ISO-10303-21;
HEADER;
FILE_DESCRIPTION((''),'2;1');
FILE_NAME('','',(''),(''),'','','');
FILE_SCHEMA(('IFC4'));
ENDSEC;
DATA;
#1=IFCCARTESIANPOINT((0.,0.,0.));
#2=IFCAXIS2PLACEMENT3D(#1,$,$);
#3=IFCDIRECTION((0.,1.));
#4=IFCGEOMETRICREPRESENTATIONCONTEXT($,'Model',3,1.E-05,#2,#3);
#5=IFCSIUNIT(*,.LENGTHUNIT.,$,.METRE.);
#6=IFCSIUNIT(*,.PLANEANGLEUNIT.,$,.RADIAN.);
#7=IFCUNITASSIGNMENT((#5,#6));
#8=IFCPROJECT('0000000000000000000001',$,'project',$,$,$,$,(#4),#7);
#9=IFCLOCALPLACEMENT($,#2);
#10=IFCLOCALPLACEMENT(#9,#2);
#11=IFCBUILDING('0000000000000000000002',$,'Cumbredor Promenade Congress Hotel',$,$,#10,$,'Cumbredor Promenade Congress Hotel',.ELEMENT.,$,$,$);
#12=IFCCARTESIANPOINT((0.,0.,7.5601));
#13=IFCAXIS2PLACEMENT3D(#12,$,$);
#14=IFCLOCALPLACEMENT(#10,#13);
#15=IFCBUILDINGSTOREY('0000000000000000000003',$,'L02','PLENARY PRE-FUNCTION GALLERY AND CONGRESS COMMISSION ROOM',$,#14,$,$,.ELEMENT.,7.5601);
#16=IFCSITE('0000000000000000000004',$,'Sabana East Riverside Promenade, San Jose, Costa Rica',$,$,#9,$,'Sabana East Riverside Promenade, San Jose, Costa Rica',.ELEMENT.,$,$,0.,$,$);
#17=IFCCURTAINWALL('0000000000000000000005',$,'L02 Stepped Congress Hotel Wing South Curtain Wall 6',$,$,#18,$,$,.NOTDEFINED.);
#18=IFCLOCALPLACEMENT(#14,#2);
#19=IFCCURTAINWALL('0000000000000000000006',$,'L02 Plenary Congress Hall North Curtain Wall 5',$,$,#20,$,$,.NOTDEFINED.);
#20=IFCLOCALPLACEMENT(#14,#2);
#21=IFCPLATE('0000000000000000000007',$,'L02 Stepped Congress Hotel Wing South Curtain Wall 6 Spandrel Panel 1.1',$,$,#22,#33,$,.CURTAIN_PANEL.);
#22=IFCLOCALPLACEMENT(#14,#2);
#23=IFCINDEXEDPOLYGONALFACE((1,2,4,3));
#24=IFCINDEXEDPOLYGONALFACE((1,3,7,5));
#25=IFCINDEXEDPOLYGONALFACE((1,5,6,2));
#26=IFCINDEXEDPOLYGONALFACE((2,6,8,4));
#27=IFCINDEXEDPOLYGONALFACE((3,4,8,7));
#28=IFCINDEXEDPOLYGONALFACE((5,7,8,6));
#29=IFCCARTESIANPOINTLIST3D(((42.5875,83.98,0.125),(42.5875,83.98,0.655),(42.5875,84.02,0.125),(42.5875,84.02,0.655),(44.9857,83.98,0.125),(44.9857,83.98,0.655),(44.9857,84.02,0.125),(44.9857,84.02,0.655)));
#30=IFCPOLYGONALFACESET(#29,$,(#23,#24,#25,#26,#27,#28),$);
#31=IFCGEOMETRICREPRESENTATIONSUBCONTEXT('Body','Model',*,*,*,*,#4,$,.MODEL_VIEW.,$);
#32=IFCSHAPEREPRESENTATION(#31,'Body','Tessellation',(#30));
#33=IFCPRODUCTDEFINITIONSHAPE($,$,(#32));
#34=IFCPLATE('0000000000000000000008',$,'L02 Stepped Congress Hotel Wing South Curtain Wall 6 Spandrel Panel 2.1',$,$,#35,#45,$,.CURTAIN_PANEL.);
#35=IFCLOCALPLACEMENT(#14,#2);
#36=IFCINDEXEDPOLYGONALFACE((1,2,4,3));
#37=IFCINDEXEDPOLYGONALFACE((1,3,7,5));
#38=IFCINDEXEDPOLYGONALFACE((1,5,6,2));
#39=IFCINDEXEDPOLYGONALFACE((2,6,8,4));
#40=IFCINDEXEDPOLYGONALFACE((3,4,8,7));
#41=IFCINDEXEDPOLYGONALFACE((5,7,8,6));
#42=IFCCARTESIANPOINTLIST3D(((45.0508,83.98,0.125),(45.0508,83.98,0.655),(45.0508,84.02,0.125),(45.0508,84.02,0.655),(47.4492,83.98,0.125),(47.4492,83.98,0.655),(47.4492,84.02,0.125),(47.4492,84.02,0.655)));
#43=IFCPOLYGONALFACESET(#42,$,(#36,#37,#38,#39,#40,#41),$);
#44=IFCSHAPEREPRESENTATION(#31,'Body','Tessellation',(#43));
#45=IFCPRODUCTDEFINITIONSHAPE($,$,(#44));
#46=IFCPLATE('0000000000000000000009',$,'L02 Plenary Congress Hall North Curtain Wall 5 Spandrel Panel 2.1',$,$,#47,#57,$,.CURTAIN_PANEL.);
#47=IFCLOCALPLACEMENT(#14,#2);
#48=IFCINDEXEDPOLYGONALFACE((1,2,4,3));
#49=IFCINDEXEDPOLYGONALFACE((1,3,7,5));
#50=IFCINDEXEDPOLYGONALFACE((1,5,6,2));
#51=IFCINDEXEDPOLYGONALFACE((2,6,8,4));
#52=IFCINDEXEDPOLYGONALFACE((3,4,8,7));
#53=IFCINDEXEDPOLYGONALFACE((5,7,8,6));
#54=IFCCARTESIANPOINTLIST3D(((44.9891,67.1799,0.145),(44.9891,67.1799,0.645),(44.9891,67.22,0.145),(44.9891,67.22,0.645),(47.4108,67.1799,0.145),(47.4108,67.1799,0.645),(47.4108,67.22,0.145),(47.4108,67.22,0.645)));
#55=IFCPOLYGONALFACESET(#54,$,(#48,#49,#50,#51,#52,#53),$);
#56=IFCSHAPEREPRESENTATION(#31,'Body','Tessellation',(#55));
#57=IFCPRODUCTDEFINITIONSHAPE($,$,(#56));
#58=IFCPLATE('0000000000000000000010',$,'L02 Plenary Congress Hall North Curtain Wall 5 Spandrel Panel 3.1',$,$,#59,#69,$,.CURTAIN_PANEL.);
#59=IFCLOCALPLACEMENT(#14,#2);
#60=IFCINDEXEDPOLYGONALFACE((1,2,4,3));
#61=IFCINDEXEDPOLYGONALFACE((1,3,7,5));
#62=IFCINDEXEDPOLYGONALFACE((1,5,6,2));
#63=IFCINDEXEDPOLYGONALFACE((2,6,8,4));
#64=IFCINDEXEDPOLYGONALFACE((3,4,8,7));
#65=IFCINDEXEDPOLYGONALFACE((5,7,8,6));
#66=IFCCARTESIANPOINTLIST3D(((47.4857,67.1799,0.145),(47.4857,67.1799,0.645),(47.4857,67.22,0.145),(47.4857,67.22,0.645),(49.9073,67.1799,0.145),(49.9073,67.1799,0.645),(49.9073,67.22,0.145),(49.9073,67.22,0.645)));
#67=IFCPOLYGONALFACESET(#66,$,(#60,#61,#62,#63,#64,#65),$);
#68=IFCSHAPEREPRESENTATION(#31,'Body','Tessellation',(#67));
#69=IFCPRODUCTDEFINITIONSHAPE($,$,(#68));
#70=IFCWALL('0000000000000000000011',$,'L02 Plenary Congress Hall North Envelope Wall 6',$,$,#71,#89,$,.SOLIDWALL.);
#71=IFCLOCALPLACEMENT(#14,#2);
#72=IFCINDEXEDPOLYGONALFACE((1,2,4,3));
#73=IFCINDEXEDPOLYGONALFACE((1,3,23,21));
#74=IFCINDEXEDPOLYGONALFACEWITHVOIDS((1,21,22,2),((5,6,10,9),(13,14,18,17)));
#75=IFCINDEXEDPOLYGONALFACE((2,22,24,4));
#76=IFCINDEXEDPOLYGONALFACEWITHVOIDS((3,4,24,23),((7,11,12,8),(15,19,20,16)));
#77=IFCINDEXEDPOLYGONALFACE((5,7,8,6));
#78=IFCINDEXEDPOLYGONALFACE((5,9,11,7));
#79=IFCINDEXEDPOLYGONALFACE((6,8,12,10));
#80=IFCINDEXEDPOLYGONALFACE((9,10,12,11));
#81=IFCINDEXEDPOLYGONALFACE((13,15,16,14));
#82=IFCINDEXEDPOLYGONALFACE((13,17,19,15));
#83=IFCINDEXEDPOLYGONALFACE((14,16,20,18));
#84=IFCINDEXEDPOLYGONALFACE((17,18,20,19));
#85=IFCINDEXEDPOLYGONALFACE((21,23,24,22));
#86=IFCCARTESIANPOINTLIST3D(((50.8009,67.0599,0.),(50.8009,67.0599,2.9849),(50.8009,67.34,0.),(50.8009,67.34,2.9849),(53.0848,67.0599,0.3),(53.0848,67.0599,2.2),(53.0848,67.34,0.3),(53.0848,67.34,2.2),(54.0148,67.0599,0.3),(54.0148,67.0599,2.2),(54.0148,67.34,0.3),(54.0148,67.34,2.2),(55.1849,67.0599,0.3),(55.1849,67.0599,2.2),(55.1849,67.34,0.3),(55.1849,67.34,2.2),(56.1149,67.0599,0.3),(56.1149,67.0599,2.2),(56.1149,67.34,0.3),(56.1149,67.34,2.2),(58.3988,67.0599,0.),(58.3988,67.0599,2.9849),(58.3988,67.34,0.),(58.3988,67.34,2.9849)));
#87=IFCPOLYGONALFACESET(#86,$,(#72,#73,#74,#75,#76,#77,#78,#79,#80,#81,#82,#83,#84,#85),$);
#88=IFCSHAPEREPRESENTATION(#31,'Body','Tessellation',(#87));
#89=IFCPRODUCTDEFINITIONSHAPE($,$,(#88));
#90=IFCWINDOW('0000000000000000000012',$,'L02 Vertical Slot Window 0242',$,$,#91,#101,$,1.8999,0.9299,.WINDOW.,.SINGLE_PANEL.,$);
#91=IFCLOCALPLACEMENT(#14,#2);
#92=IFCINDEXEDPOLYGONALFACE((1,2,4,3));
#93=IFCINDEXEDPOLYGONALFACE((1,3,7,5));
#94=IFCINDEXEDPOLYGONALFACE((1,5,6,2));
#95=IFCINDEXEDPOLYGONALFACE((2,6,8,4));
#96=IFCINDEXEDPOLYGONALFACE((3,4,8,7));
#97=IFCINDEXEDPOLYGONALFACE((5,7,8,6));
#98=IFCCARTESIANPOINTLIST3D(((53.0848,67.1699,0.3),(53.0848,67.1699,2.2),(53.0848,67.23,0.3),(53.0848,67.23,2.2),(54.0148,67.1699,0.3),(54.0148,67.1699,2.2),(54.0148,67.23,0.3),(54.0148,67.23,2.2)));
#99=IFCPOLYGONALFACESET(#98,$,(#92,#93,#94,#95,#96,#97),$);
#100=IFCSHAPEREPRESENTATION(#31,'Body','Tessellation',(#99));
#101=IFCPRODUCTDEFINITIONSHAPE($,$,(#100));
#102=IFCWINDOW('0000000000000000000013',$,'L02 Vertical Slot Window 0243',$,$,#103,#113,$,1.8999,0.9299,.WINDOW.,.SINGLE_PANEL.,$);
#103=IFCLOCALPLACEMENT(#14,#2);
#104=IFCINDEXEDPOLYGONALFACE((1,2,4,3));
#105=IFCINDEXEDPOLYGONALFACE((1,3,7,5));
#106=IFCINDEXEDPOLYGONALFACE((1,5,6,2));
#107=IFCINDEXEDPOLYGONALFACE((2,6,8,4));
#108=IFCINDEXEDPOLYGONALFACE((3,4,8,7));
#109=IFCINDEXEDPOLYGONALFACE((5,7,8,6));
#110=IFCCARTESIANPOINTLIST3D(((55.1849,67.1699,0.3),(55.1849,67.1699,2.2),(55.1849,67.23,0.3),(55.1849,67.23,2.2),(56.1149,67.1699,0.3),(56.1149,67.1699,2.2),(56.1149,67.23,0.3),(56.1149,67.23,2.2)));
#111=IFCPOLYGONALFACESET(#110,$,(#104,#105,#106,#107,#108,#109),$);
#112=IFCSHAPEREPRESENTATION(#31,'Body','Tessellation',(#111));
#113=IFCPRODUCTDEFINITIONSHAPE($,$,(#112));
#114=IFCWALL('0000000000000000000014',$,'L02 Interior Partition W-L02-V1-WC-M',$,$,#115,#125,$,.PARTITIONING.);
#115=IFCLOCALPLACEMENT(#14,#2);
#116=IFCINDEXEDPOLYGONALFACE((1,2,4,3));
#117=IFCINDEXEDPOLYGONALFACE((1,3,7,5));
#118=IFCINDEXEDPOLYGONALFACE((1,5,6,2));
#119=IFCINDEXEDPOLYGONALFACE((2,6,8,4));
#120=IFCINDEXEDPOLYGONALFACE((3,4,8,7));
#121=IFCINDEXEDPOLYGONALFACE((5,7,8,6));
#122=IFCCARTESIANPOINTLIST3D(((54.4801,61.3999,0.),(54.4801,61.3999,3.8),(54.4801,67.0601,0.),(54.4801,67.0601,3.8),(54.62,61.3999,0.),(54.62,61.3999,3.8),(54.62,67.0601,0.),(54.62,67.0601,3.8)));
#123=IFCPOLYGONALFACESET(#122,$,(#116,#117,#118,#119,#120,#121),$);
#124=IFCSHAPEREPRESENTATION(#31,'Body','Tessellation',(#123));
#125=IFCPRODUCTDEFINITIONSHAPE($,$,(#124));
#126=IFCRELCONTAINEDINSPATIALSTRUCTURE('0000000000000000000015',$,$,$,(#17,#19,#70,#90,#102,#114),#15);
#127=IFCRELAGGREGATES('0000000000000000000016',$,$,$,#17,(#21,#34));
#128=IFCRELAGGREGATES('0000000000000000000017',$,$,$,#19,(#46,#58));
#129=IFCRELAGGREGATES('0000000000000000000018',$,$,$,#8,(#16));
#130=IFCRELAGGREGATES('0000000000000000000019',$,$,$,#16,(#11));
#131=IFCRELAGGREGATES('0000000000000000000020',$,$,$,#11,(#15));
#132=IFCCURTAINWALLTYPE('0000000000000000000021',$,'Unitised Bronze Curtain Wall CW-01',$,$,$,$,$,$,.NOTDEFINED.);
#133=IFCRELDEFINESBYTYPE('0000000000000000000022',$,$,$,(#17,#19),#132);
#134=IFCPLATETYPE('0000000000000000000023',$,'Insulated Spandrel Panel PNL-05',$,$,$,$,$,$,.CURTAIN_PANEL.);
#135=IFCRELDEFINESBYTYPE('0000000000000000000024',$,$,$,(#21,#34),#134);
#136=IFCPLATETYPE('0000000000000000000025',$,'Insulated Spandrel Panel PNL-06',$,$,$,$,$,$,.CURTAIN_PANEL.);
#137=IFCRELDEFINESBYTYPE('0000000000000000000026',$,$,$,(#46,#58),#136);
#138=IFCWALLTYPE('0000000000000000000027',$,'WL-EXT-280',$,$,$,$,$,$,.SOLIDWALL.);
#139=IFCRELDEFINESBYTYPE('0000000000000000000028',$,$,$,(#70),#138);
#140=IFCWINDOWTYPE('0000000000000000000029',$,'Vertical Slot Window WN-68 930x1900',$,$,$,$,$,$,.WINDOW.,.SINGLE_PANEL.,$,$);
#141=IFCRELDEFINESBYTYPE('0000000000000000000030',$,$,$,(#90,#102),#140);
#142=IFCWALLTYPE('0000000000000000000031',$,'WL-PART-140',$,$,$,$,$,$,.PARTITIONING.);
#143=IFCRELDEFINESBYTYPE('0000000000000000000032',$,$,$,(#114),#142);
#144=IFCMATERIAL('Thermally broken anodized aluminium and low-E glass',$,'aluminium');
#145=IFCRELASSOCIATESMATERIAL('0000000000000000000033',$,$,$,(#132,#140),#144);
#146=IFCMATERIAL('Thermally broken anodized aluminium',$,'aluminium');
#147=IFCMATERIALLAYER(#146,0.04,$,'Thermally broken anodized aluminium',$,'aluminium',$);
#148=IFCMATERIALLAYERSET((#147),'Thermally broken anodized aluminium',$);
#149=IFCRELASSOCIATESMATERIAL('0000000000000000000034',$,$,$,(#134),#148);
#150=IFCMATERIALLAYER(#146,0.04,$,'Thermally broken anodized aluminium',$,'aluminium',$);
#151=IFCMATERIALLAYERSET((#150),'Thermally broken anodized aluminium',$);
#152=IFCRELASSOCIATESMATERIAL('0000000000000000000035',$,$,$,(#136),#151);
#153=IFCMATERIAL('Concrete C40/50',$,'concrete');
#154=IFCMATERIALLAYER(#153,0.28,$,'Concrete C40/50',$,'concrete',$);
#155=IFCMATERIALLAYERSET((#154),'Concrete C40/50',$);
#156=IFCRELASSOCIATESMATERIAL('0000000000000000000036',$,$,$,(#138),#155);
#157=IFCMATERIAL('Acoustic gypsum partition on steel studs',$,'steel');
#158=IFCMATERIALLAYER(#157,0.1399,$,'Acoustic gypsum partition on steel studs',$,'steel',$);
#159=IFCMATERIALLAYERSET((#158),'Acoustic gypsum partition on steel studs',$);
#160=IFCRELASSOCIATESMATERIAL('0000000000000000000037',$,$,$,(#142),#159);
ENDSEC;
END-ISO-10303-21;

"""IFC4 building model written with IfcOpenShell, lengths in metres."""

from ifc_helpers import new_model, si_unit, direction, frame, frame_2d, origin, origin_2d, place, context, subcontext, project, spatial, rectangle, extrude, material, layer, layer_set, type_object, element, fill, aggregate, save


model = new_model("IFC4")

# Units and contexts
model_context = context("Model", 3, precision=1e-05, world=origin(), true_north=direction((0.0, 1.0)))
body_context = subcontext(model_context, "Body", "Model", "MODEL_VIEW")
ifc_project = project(units=[si_unit("LENGTHUNIT", "METRE"), si_unit("PLANEANGLEUNIT", "RADIAN")], contexts=[model_context])

# Site, building, storey
site_placement = place(None, origin())
site = spatial("IfcSite", under=ifc_project, at=site_placement, Name="Sabana East Riverside Promenade, San Jose, Costa Rica", LongName="Sabana East Riverside Promenade, San Jose, Costa Rica", CompositionType="ELEMENT", RefElevation=0.0)
building_placement = place(site_placement, origin())
building = spatial("IfcBuilding", under=site, at=building_placement, Name="Cumbredor Promenade Congress Hotel", LongName="Cumbredor Promenade Congress Hotel", CompositionType="ELEMENT")
storey_placement = place(building_placement, frame((0.0, 0.0, 7.5601)))
storey = spatial("IfcBuildingStorey", under=building, at=storey_placement, Name="L02", Description="PLENARY PRE-FUNCTION GALLERY AND CONGRESS COMMISSION ROOM", CompositionType="ELEMENT", Elevation=7.5601)

# Curtain wall
ifc_material_1 = material(Name="Thermally broken anodized aluminium and low-E glass", Category="aluminium")
curtain_wall_type_1 = type_object("IfcCurtainWallType", Name="Unitised Bronze Curtain Wall CW-01", PredefinedType="NOTDEFINED", material=ifc_material_1)
curtain_wall_1_placement = place(storey_placement, origin())
curtain_wall_1 = element("IfcCurtainWall", 1, at=curtain_wall_1_placement, inside=storey, type_object=curtain_wall_type_1, Name="L02 Stepped Congress Hotel Wing South Curtain Wall 6", PredefinedType="NOTDEFINED")
ifc_material_2 = material(Name="Thermally broken anodized aluminium", Category="aluminium")

# Curtain wall
curtain_wall_2_placement = place(storey_placement, origin())
curtain_wall_2 = element("IfcCurtainWall", 2, at=curtain_wall_2_placement, inside=storey, type_object=curtain_wall_type_1, Name="L02 Plenary Congress Hall North Curtain Wall 5", PredefinedType="NOTDEFINED")

# Shared definitions
ifc_material_3 = material(Name="Concrete C40/50", Category="concrete")

# Plates
ifc_layer_1 = layer(ifc_material_2, 0.04, Name="Thermally broken anodized aluminium", Category="aluminium")
ifc_layer_set_1 = layer_set([ifc_layer_1], Name="Thermally broken anodized aluminium")
plate_type_1 = type_object("IfcPlateType", Name="Insulated Spandrel Panel PNL-05", PredefinedType="CURTAIN_PANEL", material=ifc_layer_set_1)
plate_1_placement = place(storey_placement, frame((43.7866, 84.0, 0.125), z_axis=(0.0, 0.0, 1.0), x_axis=(1.0, 0.0, 0.0)))
plate_1 = element("IfcPlate", 3, at=plate_1_placement, type_object=plate_type_1, Name="L02 Stepped Congress Hotel Wing South Curtain Wall 6 Spandrel Panel 1.1", PredefinedType="CURTAIN_PANEL", context=body_context, shape_type="SweptSolid", body=[
    extrude(rectangle(XDim=2.3982, YDim=0.04, at=origin_2d()), origin(), (0.0, 0.0, 1.0), 0.53),
])
plate_2_placement = place(storey_placement, frame((46.25, 84.0, 0.125), z_axis=(0.0, 0.0, 1.0), x_axis=(1.0, 0.0, 0.0)))
plate_2 = element("IfcPlate", 4, at=plate_2_placement, type_object=plate_type_1, Name="L02 Stepped Congress Hotel Wing South Curtain Wall 6 Spandrel Panel 2.1", PredefinedType="CURTAIN_PANEL", context=body_context, shape_type="SweptSolid", body=[
    extrude(rectangle(XDim=2.3984, YDim=0.04, at=origin_2d()), origin(), (0.0, 0.0, 1.0), 0.53),
])
aggregate(curtain_wall_1, [plate_1, plate_2])
ifc_layer_2 = layer(ifc_material_2, 0.04, Name="Thermally broken anodized aluminium", Category="aluminium")
ifc_layer_set_2 = layer_set([ifc_layer_2], Name="Thermally broken anodized aluminium")
plate_type_2 = type_object("IfcPlateType", Name="Insulated Spandrel Panel PNL-06", PredefinedType="CURTAIN_PANEL", material=ifc_layer_set_2)
plate_3_placement = place(storey_placement, frame((46.2, 67.2, 0.145), z_axis=(0.0, 0.0, 1.0), x_axis=(1.0, 0.0, 0.0)))
plate_3 = element("IfcPlate", 5, at=plate_3_placement, type_object=plate_type_2, Name="L02 Plenary Congress Hall North Curtain Wall 5 Spandrel Panel 2.1", PredefinedType="CURTAIN_PANEL", context=body_context, shape_type="SweptSolid", body=[
    extrude(rectangle(XDim=2.4216, YDim=0.04, at=origin_2d()), origin(), (0.0, 0.0, 1.0), 0.5),
])
plate_4_placement = place(storey_placement, frame((48.6965, 67.2, 0.145), z_axis=(0.0, 0.0, 1.0), x_axis=(1.0, 0.0, 0.0)))
plate_4 = element("IfcPlate", 6, at=plate_4_placement, type_object=plate_type_2, Name="L02 Plenary Congress Hall North Curtain Wall 5 Spandrel Panel 3.1", PredefinedType="CURTAIN_PANEL", context=body_context, shape_type="SweptSolid", body=[
    extrude(rectangle(XDim=2.4216, YDim=0.04, at=origin_2d()), origin(), (0.0, 0.0, 1.0), 0.5),
])
aggregate(curtain_wall_2, [plate_3, plate_4])

# Wall, openings, windows
ifc_layer_3 = layer(ifc_material_3, 0.28, Name="Concrete C40/50", Category="concrete")
ifc_layer_set_3 = layer_set([ifc_layer_3], Name="Concrete C40/50")
wall_type_1 = type_object("IfcWallType", Name="WL-EXT-280", PredefinedType="SOLIDWALL", material=ifc_layer_set_3)
wall_1_placement = place(storey_placement, frame((50.801, 67.2, 0.0), z_axis=(0.0, 0.0, 1.0), x_axis=(1.0, 0.0, 0.0)))
wall_1 = element("IfcWall", 7, at=wall_1_placement, inside=storey, type_object=wall_type_1, Name="L02 Plenary Congress Hall North Envelope Wall 6", PredefinedType="SOLIDWALL", context=body_context, shape_type="SweptSolid", body=[
    extrude(rectangle(XDim=7.5979, YDim=0.28, at=frame_2d((3.7988, 0.0))), origin(), (0.0, 0.0, 1.0), 2.9849),
])
opening_1_placement = place(wall_1_placement, frame((2.2839, 0.0, 0.3)))
opening_1 = element("IfcOpeningElement", 8, at=opening_1_placement, cuts=wall_1, PredefinedType="OPENING", context=body_context, shape_type="SweptSolid", body=[
    extrude(rectangle(XDim=0.9299, YDim=1.8999, at=frame_2d((0.4648, 0.95))), frame((0.0, 0.1499, 0.0), z_axis=(0.0, -1.0, 0.0), x_axis=(1.0, 0.0, 0.0)), (0.0, 0.0, 1.0), 0.3),
])
opening_2_placement = place(wall_1_placement, frame((4.384, 0.0, 0.3)))
opening_2 = element("IfcOpeningElement", 9, at=opening_2_placement, cuts=wall_1, PredefinedType="OPENING", context=body_context, shape_type="SweptSolid", body=[
    extrude(rectangle(XDim=0.9299, YDim=1.8999, at=frame_2d((0.4648, 0.95))), frame((0.0, 0.1499, 0.0), z_axis=(0.0, -1.0, 0.0), x_axis=(1.0, 0.0, 0.0)), (0.0, 0.0, 1.0), 0.3),
])
window_type = type_object("IfcWindowType", Name="Vertical Slot Window WN-68 930x1900", PartitioningType="SINGLE_PANEL", PredefinedType="WINDOW", material=ifc_material_1)
window_1_placement = place(opening_1_placement, origin())
window_1 = element("IfcWindow", 10, at=window_1_placement, inside=storey, type_object=window_type, Name="L02 Vertical Slot Window 0242", OverallHeight=1.8999, OverallWidth=0.9299, PartitioningType="SINGLE_PANEL", PredefinedType="WINDOW", context=body_context, shape_type="SweptSolid", body=[
    extrude(rectangle(XDim=0.9299, YDim=1.8999, at=frame_2d((0.4648, 0.95))), frame((0.0, 0.03, 0.0), z_axis=(0.0, -1.0, 0.0), x_axis=(1.0, 0.0, 0.0)), (0.0, 0.0, 1.0), 0.0601),
])
fill(opening_1, window_1)
window_2_placement = place(opening_2_placement, origin())
window_2 = element("IfcWindow", 11, at=window_2_placement, inside=storey, type_object=window_type, Name="L02 Vertical Slot Window 0243", OverallHeight=1.8999, OverallWidth=0.9299, PartitioningType="SINGLE_PANEL", PredefinedType="WINDOW", context=body_context, shape_type="SweptSolid", body=[
    extrude(rectangle(XDim=0.9299, YDim=1.8999, at=frame_2d((0.4648, 0.95))), frame((0.0, 0.03, 0.0), z_axis=(0.0, -1.0, 0.0), x_axis=(1.0, 0.0, 0.0)), (0.0, 0.0, 1.0), 0.0601),
])
fill(opening_2, window_2)

# Wall
ifc_material_4 = material(Name="Acoustic gypsum partition on steel studs", Category="steel")
ifc_layer_4 = layer(ifc_material_4, 0.1399, Name="Acoustic gypsum partition on steel studs", Category="steel")
ifc_layer_set_4 = layer_set([ifc_layer_4], Name="Acoustic gypsum partition on steel studs")
wall_type_2 = type_object("IfcWallType", Name="WL-PART-140", PredefinedType="PARTITIONING", material=ifc_layer_set_4)
wall_2_placement = place(storey_placement, frame((54.55, 61.3999, 0.0), z_axis=(0.0, 0.0, 1.0), x_axis=(0.0, 1.0, 0.0)))
element("IfcWall", 12, at=wall_2_placement, inside=storey, type_object=wall_type_2, Name="L02 Interior Partition W-L02-V1-WC-M", PredefinedType="PARTITIONING", context=body_context, shape_type="SweptSolid", body=[
    extrude(rectangle(XDim=5.6602, YDim=0.1399, at=frame_2d((2.8301, 0.0))), origin(), (0.0, 0.0, 1.0), 3.8),
])

save(model, "model.ifc")
